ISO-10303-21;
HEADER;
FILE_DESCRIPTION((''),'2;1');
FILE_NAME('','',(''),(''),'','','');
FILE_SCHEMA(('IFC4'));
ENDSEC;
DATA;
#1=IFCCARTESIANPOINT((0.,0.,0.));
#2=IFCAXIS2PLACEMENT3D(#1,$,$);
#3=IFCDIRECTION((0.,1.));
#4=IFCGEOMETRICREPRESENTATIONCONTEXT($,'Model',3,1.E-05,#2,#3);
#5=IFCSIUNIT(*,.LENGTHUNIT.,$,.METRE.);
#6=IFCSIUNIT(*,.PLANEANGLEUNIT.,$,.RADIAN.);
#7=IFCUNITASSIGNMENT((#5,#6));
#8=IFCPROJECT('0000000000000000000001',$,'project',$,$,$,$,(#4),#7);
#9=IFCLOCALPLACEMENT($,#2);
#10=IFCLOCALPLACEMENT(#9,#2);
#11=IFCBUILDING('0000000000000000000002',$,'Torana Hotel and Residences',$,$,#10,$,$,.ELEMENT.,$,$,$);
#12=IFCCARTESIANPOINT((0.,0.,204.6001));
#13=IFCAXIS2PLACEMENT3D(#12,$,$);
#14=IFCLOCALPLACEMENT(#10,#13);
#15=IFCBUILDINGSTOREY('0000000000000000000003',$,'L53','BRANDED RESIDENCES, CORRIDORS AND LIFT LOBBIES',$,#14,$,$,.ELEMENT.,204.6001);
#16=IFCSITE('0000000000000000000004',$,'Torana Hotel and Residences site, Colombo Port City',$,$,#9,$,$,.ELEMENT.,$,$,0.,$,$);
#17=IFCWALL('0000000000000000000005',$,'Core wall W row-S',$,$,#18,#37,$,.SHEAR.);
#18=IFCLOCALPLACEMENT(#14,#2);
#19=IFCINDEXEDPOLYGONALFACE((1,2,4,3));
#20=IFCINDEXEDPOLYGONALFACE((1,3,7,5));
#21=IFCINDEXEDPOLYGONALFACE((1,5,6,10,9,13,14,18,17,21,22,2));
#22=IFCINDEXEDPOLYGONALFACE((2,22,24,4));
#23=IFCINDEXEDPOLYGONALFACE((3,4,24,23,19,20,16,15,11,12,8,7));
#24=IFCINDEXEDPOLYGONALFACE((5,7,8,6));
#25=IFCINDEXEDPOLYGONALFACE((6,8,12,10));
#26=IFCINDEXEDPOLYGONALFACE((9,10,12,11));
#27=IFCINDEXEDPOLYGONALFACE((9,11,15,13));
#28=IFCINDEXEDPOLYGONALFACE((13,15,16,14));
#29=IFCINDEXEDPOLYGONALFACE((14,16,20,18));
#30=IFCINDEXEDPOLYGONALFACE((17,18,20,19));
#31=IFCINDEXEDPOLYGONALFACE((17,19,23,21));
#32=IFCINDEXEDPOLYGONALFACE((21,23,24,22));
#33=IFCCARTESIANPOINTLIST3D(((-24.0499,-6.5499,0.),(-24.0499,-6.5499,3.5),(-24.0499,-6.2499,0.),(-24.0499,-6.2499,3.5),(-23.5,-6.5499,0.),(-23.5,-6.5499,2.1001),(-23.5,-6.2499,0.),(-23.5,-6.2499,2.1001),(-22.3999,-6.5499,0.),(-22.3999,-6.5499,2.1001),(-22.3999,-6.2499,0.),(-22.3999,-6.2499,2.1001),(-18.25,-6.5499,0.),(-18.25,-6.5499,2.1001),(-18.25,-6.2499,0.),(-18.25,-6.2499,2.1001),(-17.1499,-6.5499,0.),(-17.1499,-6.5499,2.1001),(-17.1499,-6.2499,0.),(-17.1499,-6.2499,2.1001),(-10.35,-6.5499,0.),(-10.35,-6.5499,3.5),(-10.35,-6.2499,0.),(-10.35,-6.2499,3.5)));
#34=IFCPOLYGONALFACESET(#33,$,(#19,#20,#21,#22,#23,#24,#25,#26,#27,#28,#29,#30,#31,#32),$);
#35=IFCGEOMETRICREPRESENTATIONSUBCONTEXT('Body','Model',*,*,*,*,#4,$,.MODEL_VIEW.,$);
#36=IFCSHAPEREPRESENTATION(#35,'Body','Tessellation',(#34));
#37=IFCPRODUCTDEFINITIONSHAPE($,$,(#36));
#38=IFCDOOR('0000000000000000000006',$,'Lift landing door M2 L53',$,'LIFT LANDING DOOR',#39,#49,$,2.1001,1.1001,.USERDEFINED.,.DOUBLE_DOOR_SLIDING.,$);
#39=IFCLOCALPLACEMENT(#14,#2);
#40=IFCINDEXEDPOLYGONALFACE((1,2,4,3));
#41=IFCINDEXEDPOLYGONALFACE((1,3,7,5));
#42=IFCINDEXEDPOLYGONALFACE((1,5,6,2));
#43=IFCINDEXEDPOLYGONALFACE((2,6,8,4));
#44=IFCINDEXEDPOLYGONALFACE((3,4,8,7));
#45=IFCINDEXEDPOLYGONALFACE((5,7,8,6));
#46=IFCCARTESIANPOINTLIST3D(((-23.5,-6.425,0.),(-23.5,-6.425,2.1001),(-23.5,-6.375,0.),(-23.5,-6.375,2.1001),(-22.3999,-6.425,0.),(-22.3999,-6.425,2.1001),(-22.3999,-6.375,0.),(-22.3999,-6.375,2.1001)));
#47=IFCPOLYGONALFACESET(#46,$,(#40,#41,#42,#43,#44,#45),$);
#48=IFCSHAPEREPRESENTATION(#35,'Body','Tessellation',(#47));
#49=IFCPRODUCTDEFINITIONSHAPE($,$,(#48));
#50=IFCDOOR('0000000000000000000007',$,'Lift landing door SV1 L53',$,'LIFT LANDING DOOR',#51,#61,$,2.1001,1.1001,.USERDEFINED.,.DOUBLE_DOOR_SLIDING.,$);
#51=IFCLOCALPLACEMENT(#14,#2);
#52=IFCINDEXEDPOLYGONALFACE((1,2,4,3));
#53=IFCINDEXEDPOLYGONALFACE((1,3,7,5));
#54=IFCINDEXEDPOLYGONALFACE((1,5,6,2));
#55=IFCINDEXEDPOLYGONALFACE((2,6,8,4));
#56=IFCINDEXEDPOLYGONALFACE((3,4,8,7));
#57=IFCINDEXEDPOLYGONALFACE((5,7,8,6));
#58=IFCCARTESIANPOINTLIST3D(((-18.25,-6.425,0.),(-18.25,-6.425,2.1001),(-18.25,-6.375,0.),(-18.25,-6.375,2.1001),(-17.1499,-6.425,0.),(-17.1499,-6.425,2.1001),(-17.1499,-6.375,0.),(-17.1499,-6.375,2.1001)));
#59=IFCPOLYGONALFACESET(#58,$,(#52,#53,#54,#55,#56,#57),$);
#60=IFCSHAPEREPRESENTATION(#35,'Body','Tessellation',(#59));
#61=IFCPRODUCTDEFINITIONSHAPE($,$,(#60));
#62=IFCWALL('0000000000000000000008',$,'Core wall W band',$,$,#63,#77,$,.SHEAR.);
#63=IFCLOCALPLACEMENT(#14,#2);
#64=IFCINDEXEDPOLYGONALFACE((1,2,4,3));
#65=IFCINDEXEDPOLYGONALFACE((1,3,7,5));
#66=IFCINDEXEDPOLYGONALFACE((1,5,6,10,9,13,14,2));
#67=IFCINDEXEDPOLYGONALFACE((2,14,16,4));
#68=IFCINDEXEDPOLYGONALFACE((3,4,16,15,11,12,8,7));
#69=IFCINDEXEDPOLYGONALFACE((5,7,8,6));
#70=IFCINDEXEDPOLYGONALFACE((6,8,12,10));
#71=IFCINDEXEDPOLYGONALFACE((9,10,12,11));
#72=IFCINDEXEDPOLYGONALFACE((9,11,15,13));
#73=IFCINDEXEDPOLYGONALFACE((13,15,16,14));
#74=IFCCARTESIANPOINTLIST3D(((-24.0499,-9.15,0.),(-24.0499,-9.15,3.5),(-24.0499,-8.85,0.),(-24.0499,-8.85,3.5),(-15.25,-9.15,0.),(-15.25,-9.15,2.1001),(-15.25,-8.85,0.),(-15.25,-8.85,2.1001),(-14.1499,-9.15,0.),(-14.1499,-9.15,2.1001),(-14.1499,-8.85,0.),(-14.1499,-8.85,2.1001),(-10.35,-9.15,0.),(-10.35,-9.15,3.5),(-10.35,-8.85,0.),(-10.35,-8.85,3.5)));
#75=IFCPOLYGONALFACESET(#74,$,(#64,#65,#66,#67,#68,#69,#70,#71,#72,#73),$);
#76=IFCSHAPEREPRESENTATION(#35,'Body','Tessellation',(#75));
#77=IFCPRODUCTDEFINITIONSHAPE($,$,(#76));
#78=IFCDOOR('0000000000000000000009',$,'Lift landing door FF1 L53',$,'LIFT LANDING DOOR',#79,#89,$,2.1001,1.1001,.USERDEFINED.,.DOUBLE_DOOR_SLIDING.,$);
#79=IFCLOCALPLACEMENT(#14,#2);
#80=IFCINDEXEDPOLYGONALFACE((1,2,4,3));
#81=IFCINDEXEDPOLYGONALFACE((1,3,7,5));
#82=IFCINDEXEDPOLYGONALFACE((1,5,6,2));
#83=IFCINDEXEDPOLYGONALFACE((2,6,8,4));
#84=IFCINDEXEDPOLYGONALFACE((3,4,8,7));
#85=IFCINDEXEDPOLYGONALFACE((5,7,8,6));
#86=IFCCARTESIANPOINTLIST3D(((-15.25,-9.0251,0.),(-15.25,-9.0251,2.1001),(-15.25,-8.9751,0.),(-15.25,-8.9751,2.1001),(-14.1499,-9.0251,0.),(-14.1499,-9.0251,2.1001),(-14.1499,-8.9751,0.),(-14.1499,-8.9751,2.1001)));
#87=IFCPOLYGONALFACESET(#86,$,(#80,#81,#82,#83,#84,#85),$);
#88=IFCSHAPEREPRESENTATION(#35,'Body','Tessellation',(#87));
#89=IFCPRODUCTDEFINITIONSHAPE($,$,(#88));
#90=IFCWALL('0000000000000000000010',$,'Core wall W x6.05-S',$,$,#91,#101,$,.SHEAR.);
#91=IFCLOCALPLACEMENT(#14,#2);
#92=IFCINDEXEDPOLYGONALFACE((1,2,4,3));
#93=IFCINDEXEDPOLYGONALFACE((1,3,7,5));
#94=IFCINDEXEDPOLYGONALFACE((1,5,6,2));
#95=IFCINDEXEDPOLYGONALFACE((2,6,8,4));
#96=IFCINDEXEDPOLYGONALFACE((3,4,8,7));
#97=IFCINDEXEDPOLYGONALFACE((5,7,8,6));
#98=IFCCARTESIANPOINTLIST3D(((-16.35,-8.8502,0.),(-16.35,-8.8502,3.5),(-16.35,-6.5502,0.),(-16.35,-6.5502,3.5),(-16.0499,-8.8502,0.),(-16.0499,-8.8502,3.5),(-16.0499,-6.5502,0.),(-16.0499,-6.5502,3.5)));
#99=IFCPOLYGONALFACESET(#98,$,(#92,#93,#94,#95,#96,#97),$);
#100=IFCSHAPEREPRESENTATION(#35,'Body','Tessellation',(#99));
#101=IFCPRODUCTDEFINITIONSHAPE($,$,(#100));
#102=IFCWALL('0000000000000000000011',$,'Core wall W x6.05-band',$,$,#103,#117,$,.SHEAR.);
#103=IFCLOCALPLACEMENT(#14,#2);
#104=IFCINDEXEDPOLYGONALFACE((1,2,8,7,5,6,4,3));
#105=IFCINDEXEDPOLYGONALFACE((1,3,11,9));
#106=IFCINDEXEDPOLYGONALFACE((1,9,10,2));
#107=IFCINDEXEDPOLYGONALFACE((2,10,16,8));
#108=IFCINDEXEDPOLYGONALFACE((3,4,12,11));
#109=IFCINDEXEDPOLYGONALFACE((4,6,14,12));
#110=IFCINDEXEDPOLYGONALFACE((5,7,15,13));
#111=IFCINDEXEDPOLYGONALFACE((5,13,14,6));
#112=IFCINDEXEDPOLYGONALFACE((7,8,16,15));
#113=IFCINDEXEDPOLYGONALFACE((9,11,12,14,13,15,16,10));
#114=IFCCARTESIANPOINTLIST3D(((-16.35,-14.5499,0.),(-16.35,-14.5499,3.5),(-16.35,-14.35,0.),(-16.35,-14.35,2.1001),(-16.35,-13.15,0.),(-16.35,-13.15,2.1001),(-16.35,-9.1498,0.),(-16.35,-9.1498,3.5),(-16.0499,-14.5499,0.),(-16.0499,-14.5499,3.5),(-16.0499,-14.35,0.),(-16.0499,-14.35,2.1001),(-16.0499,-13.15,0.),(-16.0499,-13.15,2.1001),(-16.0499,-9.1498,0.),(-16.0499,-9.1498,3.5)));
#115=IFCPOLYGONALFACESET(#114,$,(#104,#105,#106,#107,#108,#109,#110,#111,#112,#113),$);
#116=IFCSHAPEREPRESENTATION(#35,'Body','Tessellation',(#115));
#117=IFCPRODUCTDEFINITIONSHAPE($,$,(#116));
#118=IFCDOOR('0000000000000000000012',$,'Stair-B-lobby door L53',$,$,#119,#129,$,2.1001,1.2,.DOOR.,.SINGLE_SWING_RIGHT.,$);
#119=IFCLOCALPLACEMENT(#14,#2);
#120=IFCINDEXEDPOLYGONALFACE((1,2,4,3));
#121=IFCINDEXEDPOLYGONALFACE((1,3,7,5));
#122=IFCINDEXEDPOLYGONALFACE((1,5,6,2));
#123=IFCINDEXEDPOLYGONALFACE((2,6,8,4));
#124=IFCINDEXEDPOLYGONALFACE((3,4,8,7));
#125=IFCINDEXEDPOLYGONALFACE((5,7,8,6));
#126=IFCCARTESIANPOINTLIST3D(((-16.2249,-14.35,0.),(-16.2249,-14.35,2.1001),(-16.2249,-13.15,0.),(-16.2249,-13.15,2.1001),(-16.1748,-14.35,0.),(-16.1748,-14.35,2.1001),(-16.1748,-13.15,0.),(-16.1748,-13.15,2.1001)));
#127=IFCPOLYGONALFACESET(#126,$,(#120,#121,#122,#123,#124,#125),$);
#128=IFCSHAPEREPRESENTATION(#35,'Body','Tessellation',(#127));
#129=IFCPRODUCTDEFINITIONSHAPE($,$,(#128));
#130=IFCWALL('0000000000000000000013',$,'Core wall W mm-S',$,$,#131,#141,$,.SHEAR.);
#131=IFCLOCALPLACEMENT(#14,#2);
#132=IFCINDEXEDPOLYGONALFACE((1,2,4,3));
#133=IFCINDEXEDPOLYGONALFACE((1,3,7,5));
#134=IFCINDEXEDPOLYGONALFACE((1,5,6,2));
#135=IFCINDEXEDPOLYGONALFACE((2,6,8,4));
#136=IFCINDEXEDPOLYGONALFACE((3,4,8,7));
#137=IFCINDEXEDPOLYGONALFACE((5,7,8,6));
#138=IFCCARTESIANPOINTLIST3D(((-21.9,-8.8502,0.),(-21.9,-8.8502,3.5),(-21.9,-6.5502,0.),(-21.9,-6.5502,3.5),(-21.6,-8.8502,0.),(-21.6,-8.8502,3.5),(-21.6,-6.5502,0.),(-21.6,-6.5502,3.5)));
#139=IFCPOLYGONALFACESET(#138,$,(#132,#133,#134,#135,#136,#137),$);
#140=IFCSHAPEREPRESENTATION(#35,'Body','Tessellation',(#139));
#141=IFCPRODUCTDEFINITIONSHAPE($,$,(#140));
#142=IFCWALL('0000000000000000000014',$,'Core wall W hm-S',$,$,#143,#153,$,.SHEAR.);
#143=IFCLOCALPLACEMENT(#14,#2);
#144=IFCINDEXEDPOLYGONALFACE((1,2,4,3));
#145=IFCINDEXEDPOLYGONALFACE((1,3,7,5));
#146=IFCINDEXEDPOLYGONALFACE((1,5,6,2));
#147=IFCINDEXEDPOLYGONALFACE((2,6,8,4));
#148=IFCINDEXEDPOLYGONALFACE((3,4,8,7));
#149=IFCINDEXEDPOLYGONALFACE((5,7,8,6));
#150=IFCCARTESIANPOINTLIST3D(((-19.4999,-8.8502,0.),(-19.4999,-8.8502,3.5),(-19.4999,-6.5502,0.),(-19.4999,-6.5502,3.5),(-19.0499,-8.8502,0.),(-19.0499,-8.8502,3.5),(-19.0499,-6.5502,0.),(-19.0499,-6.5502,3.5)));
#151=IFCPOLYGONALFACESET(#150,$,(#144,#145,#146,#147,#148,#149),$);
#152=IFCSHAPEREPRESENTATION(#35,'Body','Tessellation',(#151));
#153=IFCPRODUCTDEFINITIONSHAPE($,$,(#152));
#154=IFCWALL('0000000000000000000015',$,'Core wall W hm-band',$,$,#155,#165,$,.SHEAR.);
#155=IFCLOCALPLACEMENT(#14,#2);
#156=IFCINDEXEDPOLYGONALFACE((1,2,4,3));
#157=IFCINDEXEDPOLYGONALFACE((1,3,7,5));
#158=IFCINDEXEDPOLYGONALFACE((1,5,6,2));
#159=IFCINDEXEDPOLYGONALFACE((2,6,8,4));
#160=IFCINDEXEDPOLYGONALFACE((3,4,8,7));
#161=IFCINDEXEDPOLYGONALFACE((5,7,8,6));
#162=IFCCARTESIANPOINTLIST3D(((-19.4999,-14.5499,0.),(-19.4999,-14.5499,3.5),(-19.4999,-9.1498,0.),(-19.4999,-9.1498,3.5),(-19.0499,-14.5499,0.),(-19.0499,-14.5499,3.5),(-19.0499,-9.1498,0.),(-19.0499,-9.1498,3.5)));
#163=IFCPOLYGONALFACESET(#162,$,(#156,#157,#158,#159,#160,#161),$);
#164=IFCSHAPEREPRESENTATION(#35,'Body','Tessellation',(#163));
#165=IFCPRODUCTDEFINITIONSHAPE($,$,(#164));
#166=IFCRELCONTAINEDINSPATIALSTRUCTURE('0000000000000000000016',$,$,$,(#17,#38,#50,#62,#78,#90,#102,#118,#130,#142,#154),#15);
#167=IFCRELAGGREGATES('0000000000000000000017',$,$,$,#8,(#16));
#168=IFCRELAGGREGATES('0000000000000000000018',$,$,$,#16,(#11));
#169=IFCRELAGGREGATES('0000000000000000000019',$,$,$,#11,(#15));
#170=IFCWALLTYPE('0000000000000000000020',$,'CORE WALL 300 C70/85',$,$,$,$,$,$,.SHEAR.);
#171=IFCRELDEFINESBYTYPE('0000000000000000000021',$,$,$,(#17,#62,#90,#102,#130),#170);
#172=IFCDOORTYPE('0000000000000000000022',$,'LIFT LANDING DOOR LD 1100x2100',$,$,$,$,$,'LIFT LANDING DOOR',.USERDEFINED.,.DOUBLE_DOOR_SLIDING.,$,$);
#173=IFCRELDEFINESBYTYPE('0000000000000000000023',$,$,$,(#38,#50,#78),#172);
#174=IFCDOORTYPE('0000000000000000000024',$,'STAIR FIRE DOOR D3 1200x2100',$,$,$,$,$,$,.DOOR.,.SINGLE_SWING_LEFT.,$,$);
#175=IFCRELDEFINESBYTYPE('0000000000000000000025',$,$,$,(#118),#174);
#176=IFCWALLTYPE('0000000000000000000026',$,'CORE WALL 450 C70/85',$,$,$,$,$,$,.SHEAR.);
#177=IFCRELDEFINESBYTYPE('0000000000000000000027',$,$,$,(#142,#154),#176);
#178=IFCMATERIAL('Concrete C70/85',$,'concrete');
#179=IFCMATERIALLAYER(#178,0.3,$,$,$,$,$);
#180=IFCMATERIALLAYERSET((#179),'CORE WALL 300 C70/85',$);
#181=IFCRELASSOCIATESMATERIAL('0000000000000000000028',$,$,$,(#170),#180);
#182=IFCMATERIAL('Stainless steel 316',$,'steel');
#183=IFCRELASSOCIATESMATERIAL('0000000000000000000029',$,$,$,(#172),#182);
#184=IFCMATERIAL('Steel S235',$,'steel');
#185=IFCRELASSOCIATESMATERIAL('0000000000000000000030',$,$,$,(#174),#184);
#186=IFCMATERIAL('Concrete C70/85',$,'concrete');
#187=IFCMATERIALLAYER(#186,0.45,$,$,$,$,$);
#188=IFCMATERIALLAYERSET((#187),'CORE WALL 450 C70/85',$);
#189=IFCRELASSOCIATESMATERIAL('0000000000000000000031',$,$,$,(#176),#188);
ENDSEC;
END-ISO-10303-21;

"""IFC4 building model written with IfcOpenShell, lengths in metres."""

from ifc_helpers import new_model, si_unit, direction, frame, frame_2d, origin, place, context, subcontext, project, spatial, rectangle, extrude, material, layer, layer_set, type_object, element, fill, save


model = new_model("IFC4")

# Units and contexts
model_context = context("Model", 3, precision=1e-05, world=origin(), true_north=direction((0.0, 1.0)))
body_context = subcontext(model_context, "Body", "Model", "MODEL_VIEW")
ifc_project = project(units=[si_unit("LENGTHUNIT", "METRE"), si_unit("PLANEANGLEUNIT", "RADIAN")], contexts=[model_context])

# Site, building, storey
site_placement = place(None, origin())
site = spatial("IfcSite", under=ifc_project, at=site_placement, Name="Torana Hotel and Residences site, Colombo Port City", CompositionType="ELEMENT", RefElevation=0.0)
building_placement = place(site_placement, origin())
building = spatial("IfcBuilding", under=site, at=building_placement, Name="Torana Hotel and Residences", CompositionType="ELEMENT")
storey_placement = place(building_placement, frame((0.0, 0.0, 204.6001)))
storey = spatial("IfcBuildingStorey", under=building, at=storey_placement, Name="L53", Description="BRANDED RESIDENCES, CORRIDORS AND LIFT LOBBIES", CompositionType="ELEMENT", Elevation=204.6001)

# Wall, openings, doors
ifc_material_1 = material(Name="Concrete C70/85", Category="concrete")
ifc_layer_1 = layer(ifc_material_1, 0.3)
ifc_layer_set_1 = layer_set([ifc_layer_1], Name="CORE WALL 300 C70/85")
wall_type_1 = type_object("IfcWallType", Name="CORE WALL 300 C70/85", PredefinedType="SHEAR", material=ifc_layer_set_1)
wall_1_placement = place(storey_placement, frame((-24.05, -6.3999, 0.0), z_axis=(0.0, 0.0, 1.0), x_axis=(1.0, 0.0, 0.0)))
wall_1 = element("IfcWall", 1, at=wall_1_placement, inside=storey, type_object=wall_type_1, Name="Core wall W row-S", PredefinedType="SHEAR", context=body_context, shape_type="SweptSolid", body=[
    extrude(rectangle(XDim=13.7, YDim=0.3, at=frame_2d((6.8501, 0.0))), origin(), (0.0, 0.0, 1.0), 3.5),
])
opening_1_placement = place(wall_1_placement, frame((0.55, 0.0, 0.0)))
opening_1 = element("IfcOpeningElement", 2, at=opening_1_placement, cuts=wall_1, PredefinedType="OPENING", context=body_context, shape_type="SweptSolid", body=[
    extrude(rectangle(XDim=1.1001, YDim=2.1001, at=frame_2d((0.55, 1.05))), frame((0.0, 0.1599, 0.0), z_axis=(0.0, -1.0, 0.0), x_axis=(1.0, 0.0, 0.0)), (0.0, 0.0, 1.0), 0.3201),
])
opening_2_placement = place(wall_1_placement, frame((5.8, 0.0, 0.0)))
opening_2 = element("IfcOpeningElement", 3, at=opening_2_placement, cuts=wall_1, PredefinedType="OPENING", context=body_context, shape_type="SweptSolid", body=[
    extrude(rectangle(XDim=1.1001, YDim=2.1001, at=frame_2d((0.55, 1.05))), frame((0.0, 0.1599, 0.0), z_axis=(0.0, -1.0, 0.0), x_axis=(1.0, 0.0, 0.0)), (0.0, 0.0, 1.0), 0.3201),
])
ifc_material_2 = material(Name="Stainless steel 316", Category="steel")
door_type_1 = type_object("IfcDoorType", Name="LIFT LANDING DOOR LD 1100x2100", ElementType="LIFT LANDING DOOR", OperationType="DOUBLE_DOOR_SLIDING", PredefinedType="USERDEFINED", material=ifc_material_2)
door_1_placement = place(opening_1_placement, origin())
door_1 = element("IfcDoor", 4, at=door_1_placement, inside=storey, type_object=door_type_1, Name="Lift landing door M2 L53", ObjectType="LIFT LANDING DOOR", OperationType="DOUBLE_DOOR_SLIDING", OverallHeight=2.1001, OverallWidth=1.1001, PredefinedType="USERDEFINED", context=body_context, shape_type="SweptSolid", body=[
    extrude(rectangle(XDim=1.1001, YDim=2.1001, at=frame_2d((0.55, 1.05))), frame((0.0, 0.0249, 0.0), z_axis=(0.0, -1.0, 0.0), x_axis=(1.0, 0.0, 0.0)), (0.0, 0.0, 1.0), 0.05),
])
fill(opening_1, door_1)
door_2_placement = place(opening_2_placement, origin())
door_2 = element("IfcDoor", 5, at=door_2_placement, inside=storey, type_object=door_type_1, Name="Lift landing door SV1 L53", ObjectType="LIFT LANDING DOOR", OperationType="DOUBLE_DOOR_SLIDING", OverallHeight=2.1001, OverallWidth=1.1001, PredefinedType="USERDEFINED", context=body_context, shape_type="SweptSolid", body=[
    extrude(rectangle(XDim=1.1001, YDim=2.1001, at=frame_2d((0.55, 1.05))), frame((0.0, 0.0249, 0.0), z_axis=(0.0, -1.0, 0.0), x_axis=(1.0, 0.0, 0.0)), (0.0, 0.0, 1.0), 0.05),
])
fill(opening_2, door_2)

# Wall, opening, door
wall_2_placement = place(storey_placement, frame((-24.05, -9.0, 0.0), z_axis=(0.0, 0.0, 1.0), x_axis=(1.0, 0.0, 0.0)))
wall_2 = element("IfcWall", 6, at=wall_2_placement, inside=storey, type_object=wall_type_1, Name="Core wall W band", PredefinedType="SHEAR", context=body_context, shape_type="SweptSolid", body=[
    extrude(rectangle(XDim=13.7, YDim=0.3, at=frame_2d((6.8501, 0.0))), origin(), (0.0, 0.0, 1.0), 3.5),
])
opening_3_placement = place(wall_2_placement, frame((8.8, 0.0, 0.0)))
opening_3 = element("IfcOpeningElement", 7, at=opening_3_placement, cuts=wall_2, PredefinedType="OPENING", context=body_context, shape_type="SweptSolid", body=[
    extrude(rectangle(XDim=1.1001, YDim=2.1001, at=frame_2d((0.55, 1.05))), frame((0.0, 0.1599, 0.0), z_axis=(0.0, -1.0, 0.0), x_axis=(1.0, 0.0, 0.0)), (0.0, 0.0, 1.0), 0.3201),
])
door_3_placement = place(opening_3_placement, origin())
door_3 = element("IfcDoor", 8, at=door_3_placement, inside=storey, type_object=door_type_1, Name="Lift landing door FF1 L53", ObjectType="LIFT LANDING DOOR", OperationType="DOUBLE_DOOR_SLIDING", OverallHeight=2.1001, OverallWidth=1.1001, PredefinedType="USERDEFINED", context=body_context, shape_type="SweptSolid", body=[
    extrude(rectangle(XDim=1.1001, YDim=2.1001, at=frame_2d((0.55, 1.05))), frame((0.0, 0.0249, 0.0), z_axis=(0.0, -1.0, 0.0), x_axis=(1.0, 0.0, 0.0)), (0.0, 0.0, 1.0), 0.05),
])
fill(opening_3, door_3)

# Wall
wall_3_placement = place(storey_placement, frame((-16.2, -8.8501, 0.0), z_axis=(0.0, 0.0, 1.0), x_axis=(0.0, 1.0, 0.0)))
element("IfcWall", 9, at=wall_3_placement, inside=storey, type_object=wall_type_1, Name="Core wall W x6.05-S", PredefinedType="SHEAR", context=body_context, shape_type="SweptSolid", body=[
    extrude(rectangle(XDim=2.3, YDim=0.3, at=frame_2d((1.1499, 0.0))), origin(), (0.0, 0.0, 1.0), 3.5),
])

# Wall, opening, door
wall_4_placement = place(storey_placement, frame((-16.2, -14.55, 0.0), z_axis=(0.0, 0.0, 1.0), x_axis=(0.0, 1.0, 0.0)))
wall_4 = element("IfcWall", 10, at=wall_4_placement, inside=storey, type_object=wall_type_1, Name="Core wall W x6.05-band", PredefinedType="SHEAR", context=body_context, shape_type="SweptSolid", body=[
    extrude(rectangle(XDim=5.4001, YDim=0.3, at=frame_2d((2.7002, 0.0))), origin(), (0.0, 0.0, 1.0), 3.5),
])
opening_4_placement = place(wall_4_placement, frame((0.2, 0.0, 0.0)))
opening_4 = element("IfcOpeningElement", 11, at=opening_4_placement, cuts=wall_4, PredefinedType="OPENING", context=body_context, shape_type="SweptSolid", body=[
    extrude(rectangle(XDim=1.2, YDim=2.1001, at=frame_2d((0.6001, 1.05))), frame((0.0, 0.1599, 0.0), z_axis=(0.0, -1.0, 0.0), x_axis=(1.0, 0.0, 0.0)), (0.0, 0.0, 1.0), 0.3201),
])
ifc_material_3 = material(Name="Steel S235", Category="steel")
door_type_2 = type_object("IfcDoorType", Name="STAIR FIRE DOOR D3 1200x2100", OperationType="SINGLE_SWING_LEFT", PredefinedType="DOOR", material=ifc_material_3)
door_4_placement = place(opening_4_placement, origin())
door_4 = element("IfcDoor", 12, at=door_4_placement, inside=storey, type_object=door_type_2, Name="Stair-B-lobby door L53", OperationType="SINGLE_SWING_RIGHT", OverallHeight=2.1001, OverallWidth=1.2, PredefinedType="DOOR", context=body_context, shape_type="SweptSolid", body=[
    extrude(rectangle(XDim=1.2, YDim=2.1001, at=frame_2d((0.6001, 1.05))), frame((0.0, 0.0249, 0.0), z_axis=(0.0, -1.0, 0.0), x_axis=(1.0, 0.0, 0.0)), (0.0, 0.0, 1.0), 0.05),
])
fill(opening_4, door_4)

# Walls
wall_5_placement = place(storey_placement, frame((-21.75, -8.8501, 0.0), z_axis=(0.0, 0.0, 1.0), x_axis=(0.0, 1.0, 0.0)))
element("IfcWall", 13, at=wall_5_placement, inside=storey, type_object=wall_type_1, Name="Core wall W mm-S", PredefinedType="SHEAR", context=body_context, shape_type="SweptSolid", body=[
    extrude(rectangle(XDim=2.3, YDim=0.3, at=frame_2d((1.1499, 0.0))), origin(), (0.0, 0.0, 1.0), 3.5),
])
ifc_material_4 = material(Name="Concrete C70/85", Category="concrete")
ifc_layer_2 = layer(ifc_material_4, 0.45)
ifc_layer_set_2 = layer_set([ifc_layer_2], Name="CORE WALL 450 C70/85")
wall_type_2 = type_object("IfcWallType", Name="CORE WALL 450 C70/85", PredefinedType="SHEAR", material=ifc_layer_set_2)
wall_6_placement = place(storey_placement, frame((-19.2749, -8.8501, 0.0), z_axis=(0.0, 0.0, 1.0), x_axis=(0.0, 1.0, 0.0)))
element("IfcWall", 14, at=wall_6_placement, inside=storey, type_object=wall_type_2, Name="Core wall W hm-S", PredefinedType="SHEAR", context=body_context, shape_type="SweptSolid", body=[
    extrude(rectangle(XDim=2.3, YDim=0.45, at=frame_2d((1.1499, 0.0))), origin(), (0.0, 0.0, 1.0), 3.5),
])
wall_7_placement = place(storey_placement, frame((-19.2749, -14.55, 0.0), z_axis=(0.0, 0.0, 1.0), x_axis=(0.0, 1.0, 0.0)))
element("IfcWall", 15, at=wall_7_placement, inside=storey, type_object=wall_type_2, Name="Core wall W hm-band", PredefinedType="SHEAR", context=body_context, shape_type="SweptSolid", body=[
    extrude(rectangle(XDim=5.4001, YDim=0.45, at=frame_2d((2.7002, 0.0))), origin(), (0.0, 0.0, 1.0), 3.5),
])

save(model, "model.ifc")
